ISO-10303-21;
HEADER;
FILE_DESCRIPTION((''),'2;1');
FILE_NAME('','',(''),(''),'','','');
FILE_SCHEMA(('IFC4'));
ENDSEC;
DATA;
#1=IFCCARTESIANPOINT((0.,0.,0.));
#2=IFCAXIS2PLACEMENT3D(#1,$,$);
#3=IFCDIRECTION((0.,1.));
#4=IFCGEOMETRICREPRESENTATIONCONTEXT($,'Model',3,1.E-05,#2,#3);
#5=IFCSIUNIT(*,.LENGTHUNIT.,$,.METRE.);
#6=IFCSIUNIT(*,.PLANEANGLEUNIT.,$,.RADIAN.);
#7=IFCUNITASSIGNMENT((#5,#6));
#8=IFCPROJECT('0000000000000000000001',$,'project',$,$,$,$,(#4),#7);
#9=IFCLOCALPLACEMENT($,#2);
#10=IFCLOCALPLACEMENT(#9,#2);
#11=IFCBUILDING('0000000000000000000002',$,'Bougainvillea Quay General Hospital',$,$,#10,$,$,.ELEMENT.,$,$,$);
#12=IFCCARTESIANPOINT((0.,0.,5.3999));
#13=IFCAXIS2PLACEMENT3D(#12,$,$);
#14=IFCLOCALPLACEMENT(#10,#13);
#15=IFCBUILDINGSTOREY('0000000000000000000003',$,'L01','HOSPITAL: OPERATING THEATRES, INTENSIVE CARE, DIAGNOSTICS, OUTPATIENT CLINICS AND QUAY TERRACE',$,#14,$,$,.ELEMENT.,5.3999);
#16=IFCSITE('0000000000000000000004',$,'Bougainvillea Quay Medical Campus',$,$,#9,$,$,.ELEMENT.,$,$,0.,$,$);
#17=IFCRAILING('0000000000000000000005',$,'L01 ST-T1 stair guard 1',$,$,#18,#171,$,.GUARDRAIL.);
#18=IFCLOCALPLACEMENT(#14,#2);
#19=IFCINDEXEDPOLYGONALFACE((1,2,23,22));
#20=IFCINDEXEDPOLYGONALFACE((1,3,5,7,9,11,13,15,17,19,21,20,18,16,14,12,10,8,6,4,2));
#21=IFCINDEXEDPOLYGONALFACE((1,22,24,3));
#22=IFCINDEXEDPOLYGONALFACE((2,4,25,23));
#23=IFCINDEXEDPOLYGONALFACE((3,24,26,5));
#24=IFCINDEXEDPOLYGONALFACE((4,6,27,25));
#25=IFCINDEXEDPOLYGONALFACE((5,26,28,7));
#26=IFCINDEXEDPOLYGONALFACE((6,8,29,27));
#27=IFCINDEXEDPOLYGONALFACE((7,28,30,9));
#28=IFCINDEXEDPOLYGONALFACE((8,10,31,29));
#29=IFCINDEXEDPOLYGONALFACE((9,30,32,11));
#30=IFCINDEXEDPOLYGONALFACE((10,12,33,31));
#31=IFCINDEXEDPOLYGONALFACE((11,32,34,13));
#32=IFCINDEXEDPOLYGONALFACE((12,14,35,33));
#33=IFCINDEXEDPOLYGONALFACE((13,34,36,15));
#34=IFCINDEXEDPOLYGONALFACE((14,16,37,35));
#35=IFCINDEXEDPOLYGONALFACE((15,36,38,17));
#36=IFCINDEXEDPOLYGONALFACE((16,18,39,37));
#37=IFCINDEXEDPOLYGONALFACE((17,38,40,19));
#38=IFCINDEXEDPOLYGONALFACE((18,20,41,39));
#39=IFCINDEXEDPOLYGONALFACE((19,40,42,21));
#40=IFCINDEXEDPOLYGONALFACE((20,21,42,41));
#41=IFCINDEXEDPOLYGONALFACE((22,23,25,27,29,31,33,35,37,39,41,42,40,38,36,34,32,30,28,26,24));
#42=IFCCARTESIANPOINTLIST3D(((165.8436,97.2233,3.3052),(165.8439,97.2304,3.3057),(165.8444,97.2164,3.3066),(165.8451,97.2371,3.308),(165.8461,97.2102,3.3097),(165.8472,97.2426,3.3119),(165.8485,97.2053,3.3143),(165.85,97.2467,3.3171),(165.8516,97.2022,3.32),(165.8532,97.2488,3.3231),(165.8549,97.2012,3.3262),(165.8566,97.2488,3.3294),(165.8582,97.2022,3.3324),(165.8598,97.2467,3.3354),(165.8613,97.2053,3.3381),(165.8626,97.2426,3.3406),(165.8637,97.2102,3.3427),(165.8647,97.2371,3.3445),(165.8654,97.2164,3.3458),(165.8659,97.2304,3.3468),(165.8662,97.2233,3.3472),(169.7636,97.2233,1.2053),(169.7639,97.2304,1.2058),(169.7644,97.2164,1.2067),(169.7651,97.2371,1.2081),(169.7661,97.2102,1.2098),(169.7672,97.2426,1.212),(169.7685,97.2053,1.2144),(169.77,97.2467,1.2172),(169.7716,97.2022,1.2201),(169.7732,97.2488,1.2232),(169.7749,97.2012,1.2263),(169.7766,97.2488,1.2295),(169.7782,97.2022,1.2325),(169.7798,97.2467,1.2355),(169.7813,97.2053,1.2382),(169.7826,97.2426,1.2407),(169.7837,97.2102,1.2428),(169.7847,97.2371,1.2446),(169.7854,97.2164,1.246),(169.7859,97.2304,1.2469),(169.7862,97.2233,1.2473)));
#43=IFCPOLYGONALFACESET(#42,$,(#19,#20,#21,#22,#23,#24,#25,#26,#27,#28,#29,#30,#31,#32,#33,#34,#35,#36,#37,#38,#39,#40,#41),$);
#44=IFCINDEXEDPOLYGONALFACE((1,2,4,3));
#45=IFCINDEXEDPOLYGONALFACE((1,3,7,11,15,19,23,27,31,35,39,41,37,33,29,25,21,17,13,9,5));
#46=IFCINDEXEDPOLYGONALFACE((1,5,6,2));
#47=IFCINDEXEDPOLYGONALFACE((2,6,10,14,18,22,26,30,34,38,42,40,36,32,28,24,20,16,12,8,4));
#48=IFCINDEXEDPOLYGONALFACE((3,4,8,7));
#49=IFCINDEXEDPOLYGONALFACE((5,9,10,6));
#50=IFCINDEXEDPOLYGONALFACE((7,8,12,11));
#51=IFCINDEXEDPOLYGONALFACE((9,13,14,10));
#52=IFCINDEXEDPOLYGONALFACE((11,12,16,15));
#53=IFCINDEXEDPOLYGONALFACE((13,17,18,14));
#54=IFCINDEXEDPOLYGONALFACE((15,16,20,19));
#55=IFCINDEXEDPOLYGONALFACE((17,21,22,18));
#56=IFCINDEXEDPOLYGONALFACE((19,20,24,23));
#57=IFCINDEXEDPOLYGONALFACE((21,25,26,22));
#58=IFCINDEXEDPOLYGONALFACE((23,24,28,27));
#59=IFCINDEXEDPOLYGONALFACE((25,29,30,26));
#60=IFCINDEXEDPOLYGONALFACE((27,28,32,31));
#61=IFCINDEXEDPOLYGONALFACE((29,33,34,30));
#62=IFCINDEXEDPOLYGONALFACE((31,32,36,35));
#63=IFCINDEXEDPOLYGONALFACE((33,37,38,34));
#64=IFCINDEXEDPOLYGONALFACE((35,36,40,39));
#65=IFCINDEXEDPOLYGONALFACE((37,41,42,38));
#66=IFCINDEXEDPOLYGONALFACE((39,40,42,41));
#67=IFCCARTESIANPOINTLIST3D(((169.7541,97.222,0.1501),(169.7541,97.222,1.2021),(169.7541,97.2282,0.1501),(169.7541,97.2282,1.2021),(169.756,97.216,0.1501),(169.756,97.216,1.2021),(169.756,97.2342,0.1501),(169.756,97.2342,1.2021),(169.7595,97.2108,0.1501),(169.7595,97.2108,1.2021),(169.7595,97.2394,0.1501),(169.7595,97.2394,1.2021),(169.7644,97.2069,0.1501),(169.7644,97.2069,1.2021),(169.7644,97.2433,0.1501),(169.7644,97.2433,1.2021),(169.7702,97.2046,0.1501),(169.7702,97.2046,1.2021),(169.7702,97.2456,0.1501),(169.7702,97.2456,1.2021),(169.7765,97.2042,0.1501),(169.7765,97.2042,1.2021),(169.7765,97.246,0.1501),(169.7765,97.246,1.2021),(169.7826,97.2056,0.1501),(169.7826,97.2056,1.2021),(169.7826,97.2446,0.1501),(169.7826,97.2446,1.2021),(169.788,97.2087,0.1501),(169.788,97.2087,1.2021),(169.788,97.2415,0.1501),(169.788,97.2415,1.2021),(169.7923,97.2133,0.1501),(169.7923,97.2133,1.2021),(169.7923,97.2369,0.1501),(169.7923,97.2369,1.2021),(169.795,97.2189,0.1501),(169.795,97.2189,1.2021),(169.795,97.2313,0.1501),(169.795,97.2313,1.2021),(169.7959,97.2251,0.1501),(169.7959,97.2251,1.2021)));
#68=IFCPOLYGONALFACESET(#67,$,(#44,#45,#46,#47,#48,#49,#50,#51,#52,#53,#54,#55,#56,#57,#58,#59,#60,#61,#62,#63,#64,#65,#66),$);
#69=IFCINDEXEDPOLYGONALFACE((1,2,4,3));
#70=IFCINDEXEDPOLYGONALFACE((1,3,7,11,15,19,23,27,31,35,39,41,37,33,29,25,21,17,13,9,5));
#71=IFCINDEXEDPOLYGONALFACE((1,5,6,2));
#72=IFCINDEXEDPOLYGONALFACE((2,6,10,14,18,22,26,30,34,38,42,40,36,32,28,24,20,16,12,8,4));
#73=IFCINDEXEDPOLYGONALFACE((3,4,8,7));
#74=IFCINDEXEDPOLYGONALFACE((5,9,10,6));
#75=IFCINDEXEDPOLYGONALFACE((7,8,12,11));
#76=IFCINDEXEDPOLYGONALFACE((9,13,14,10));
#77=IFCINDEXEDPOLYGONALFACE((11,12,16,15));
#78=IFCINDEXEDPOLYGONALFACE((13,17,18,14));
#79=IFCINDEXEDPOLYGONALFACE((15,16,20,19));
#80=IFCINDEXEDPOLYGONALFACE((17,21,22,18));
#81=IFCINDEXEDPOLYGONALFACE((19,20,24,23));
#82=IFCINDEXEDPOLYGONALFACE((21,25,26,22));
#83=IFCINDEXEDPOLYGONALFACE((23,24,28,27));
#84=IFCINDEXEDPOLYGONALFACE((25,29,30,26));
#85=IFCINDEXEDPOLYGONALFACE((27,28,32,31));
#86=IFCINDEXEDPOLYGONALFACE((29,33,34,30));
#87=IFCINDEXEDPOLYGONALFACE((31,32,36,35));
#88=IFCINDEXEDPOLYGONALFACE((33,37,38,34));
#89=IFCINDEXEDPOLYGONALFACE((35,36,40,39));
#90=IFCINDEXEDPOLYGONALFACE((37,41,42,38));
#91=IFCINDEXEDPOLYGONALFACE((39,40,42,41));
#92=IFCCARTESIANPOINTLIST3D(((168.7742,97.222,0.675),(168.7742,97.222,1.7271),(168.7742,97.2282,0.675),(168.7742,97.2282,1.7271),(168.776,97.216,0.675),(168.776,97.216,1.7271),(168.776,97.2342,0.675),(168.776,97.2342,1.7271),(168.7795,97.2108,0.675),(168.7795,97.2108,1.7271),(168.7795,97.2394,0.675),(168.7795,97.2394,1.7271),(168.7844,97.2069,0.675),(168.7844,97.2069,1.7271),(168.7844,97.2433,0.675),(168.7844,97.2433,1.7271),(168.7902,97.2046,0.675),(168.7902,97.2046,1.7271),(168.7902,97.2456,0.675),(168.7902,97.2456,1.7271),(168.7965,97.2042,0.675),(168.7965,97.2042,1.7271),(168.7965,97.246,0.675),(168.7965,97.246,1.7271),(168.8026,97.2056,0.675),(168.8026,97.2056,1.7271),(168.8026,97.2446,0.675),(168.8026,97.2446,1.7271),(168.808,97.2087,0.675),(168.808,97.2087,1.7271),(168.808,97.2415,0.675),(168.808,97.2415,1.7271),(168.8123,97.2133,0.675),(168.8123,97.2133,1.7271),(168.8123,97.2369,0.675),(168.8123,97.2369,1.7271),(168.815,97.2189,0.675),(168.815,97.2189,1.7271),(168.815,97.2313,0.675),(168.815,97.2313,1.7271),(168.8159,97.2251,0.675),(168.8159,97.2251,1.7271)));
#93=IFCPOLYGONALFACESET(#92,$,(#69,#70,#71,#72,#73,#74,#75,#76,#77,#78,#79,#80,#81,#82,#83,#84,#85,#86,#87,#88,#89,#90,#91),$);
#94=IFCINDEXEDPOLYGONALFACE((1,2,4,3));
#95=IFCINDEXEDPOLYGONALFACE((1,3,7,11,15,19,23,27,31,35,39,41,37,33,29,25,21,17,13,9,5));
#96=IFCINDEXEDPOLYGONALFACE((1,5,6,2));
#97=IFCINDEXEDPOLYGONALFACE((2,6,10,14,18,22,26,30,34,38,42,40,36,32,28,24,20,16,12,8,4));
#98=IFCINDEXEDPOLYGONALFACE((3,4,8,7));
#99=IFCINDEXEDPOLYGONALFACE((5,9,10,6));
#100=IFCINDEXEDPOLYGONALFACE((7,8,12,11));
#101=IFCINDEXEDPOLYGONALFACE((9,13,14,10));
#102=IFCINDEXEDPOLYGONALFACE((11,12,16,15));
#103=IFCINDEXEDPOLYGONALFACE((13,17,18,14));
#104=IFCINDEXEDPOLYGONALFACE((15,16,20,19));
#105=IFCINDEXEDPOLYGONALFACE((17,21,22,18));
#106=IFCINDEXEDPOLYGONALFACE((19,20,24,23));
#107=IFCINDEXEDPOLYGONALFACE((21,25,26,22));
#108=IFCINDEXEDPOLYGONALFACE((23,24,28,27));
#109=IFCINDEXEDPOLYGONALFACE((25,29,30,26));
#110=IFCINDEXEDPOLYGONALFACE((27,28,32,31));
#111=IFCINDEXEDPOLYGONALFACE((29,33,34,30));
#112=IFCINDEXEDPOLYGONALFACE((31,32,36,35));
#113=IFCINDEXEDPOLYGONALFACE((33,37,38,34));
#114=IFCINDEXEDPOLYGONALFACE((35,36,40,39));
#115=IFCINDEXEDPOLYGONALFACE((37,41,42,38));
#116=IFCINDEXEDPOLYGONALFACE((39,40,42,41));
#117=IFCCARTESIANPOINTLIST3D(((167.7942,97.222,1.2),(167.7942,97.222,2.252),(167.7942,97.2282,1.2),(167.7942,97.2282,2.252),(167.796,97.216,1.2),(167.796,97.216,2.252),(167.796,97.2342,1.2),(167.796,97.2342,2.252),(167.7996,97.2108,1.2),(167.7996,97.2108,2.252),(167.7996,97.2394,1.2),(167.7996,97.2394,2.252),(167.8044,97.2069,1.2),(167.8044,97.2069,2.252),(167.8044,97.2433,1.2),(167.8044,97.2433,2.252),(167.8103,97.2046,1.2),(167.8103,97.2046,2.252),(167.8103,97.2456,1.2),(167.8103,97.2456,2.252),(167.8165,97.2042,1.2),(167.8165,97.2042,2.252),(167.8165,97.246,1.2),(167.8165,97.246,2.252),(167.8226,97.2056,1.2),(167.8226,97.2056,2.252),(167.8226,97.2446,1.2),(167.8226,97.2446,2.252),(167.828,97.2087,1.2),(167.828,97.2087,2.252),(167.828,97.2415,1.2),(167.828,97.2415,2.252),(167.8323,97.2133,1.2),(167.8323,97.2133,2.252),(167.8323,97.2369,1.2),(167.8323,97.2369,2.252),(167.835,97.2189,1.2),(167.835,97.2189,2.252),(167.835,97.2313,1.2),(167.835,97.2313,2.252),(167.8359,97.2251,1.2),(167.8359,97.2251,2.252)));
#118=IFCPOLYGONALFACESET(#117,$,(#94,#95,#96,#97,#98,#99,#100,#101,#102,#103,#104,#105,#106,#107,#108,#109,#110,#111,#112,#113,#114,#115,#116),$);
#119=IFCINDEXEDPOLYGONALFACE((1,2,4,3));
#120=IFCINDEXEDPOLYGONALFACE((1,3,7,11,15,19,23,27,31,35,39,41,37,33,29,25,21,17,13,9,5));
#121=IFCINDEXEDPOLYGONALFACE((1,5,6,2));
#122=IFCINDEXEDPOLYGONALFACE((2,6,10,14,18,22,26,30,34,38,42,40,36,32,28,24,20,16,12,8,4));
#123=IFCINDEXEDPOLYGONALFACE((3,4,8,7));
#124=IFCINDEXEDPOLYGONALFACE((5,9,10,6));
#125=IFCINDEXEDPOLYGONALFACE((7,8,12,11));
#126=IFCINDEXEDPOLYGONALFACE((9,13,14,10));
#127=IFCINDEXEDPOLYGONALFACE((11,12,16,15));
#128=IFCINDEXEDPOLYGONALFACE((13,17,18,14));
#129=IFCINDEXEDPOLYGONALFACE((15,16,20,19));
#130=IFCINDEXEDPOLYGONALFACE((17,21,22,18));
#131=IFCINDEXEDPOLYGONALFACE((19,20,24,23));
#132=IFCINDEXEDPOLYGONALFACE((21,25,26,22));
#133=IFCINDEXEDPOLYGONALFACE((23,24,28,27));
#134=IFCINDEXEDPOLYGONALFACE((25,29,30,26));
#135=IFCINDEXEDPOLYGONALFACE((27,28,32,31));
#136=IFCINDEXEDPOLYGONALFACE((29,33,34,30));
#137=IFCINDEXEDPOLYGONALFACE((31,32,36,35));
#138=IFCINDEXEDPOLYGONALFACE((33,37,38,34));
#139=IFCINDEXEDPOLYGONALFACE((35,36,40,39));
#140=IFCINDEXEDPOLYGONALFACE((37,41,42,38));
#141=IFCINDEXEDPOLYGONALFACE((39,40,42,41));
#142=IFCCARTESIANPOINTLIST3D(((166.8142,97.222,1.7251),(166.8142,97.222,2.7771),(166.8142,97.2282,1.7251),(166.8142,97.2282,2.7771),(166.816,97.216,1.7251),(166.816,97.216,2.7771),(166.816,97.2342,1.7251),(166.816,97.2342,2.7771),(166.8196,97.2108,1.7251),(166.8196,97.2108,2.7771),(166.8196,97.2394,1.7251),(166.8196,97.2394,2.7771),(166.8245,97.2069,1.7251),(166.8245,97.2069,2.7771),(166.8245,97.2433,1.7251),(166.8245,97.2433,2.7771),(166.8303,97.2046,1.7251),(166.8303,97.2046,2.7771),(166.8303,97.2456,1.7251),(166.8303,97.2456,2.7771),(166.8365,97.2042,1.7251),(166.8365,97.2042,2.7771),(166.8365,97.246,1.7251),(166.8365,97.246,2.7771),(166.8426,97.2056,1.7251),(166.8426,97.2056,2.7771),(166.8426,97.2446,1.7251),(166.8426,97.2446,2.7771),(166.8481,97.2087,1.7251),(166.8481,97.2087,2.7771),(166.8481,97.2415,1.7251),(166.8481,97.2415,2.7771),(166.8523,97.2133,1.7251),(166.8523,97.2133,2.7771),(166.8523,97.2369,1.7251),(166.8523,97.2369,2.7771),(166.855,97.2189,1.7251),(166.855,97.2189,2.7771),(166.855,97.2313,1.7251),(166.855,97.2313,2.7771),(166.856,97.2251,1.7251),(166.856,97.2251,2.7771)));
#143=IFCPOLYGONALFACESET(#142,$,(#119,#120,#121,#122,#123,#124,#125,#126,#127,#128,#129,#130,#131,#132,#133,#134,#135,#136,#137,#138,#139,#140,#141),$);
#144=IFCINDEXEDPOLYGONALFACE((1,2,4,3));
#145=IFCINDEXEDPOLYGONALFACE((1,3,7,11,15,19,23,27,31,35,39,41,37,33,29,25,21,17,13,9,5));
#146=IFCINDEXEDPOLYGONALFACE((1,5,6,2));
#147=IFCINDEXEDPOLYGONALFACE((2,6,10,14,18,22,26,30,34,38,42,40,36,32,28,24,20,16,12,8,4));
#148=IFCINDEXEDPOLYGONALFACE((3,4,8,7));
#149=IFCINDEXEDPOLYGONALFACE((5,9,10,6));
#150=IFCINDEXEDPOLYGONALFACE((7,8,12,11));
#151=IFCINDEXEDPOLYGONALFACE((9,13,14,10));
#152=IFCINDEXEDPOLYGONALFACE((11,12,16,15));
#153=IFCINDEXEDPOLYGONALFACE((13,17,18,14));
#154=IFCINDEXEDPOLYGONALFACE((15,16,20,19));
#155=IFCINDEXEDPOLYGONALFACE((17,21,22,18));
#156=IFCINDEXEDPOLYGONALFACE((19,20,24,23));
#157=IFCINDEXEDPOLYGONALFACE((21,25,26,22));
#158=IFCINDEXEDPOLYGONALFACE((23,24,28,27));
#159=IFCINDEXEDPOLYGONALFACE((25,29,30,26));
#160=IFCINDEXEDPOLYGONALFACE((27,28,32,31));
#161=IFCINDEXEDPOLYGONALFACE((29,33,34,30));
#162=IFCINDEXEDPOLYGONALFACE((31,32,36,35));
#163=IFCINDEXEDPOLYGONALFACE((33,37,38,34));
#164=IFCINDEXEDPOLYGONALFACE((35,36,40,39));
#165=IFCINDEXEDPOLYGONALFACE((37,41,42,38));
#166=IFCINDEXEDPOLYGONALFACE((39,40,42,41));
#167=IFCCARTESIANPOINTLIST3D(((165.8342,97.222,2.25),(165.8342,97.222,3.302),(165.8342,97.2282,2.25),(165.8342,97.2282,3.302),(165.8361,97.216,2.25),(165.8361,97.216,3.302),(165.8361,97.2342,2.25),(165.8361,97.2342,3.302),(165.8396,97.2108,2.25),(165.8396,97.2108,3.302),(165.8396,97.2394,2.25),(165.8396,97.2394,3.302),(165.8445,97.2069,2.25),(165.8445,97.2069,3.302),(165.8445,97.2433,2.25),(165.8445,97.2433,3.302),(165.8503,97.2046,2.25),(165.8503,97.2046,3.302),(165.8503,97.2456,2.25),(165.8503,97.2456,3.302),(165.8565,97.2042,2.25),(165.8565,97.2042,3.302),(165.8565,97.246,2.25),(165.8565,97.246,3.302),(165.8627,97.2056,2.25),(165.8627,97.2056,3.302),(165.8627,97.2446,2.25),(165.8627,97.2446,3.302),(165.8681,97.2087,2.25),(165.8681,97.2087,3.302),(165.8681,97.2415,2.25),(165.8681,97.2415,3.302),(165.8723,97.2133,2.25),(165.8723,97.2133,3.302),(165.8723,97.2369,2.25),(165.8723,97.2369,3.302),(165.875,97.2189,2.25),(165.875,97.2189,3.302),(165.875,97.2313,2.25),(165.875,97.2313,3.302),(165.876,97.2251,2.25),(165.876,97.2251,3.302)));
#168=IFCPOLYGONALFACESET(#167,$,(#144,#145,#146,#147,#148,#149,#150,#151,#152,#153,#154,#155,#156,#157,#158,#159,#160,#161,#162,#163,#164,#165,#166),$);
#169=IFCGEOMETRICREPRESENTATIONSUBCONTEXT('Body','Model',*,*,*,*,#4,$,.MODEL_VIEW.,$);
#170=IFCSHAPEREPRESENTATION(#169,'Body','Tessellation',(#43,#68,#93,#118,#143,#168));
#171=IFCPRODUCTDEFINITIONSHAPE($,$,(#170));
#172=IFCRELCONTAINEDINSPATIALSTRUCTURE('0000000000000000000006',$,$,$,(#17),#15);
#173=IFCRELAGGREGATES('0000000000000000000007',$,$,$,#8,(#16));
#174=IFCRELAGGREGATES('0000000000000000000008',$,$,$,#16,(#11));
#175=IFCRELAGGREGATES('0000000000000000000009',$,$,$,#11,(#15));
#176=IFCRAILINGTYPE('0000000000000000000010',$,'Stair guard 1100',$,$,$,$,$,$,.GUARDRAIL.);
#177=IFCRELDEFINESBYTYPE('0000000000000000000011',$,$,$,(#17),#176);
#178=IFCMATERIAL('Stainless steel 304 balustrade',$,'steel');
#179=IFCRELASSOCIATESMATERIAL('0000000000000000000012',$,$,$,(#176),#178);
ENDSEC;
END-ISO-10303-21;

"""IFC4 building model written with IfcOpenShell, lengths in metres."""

from ifc_helpers import new_model, si_unit, direction, frame, origin, origin_2d, place, context, subcontext, project, spatial, circle, extrude, material, type_object, element, save


model = new_model("IFC4")

# Units and contexts
model_context = context("Model", 3, precision=1e-05, world=origin(), true_north=direction((0.0, 1.0)))
body_context = subcontext(model_context, "Body", "Model", "MODEL_VIEW")
ifc_project = project(units=[si_unit("LENGTHUNIT", "METRE"), si_unit("PLANEANGLEUNIT", "RADIAN")], contexts=[model_context])

# Site, building, storey
site_placement = place(None, origin())
site = spatial("IfcSite", under=ifc_project, at=site_placement, Name="Bougainvillea Quay Medical Campus", CompositionType="ELEMENT", RefElevation=0.0)
building_placement = place(site_placement, origin())
building = spatial("IfcBuilding", under=site, at=building_placement, Name="Bougainvillea Quay General Hospital", CompositionType="ELEMENT")
storey_placement = place(building_placement, frame((0.0, 0.0, 5.3999)))
storey = spatial("IfcBuildingStorey", under=building, at=storey_placement, Name="L01", Description="HOSPITAL: OPERATING THEATRES, INTENSIVE CARE, DIAGNOSTICS, OUTPATIENT CLINICS AND QUAY TERRACE", CompositionType="ELEMENT", Elevation=5.3999)

# Railing
ifc_material_1 = material(Name="Stainless steel 304 balustrade", Category="steel")
railing_type_1 = type_object("IfcRailingType", Name="Stair guard 1100", PredefinedType="GUARDRAIL", material=ifc_material_1)
railing_1_placement = place(storey_placement, frame((169.7749, 97.2251, 0.1501)))
element("IfcRailing", 1, at=railing_1_placement, inside=storey, type_object=railing_type_1, Name="L01 ST-T1 stair guard 1", PredefinedType="GUARDRAIL", context=body_context, shape_type="SweptSolid", body=[
    extrude(circle(Radius=0.0239, at=origin_2d()), frame((0.0, 0.0, 1.0762), z_axis=(-0.88149, 0.0, 0.472203), x_axis=(0.0, -1.0, 0.0)), (0.0, 0.0, 1.0), 4.447),
    extrude(circle(Radius=0.021, at=origin_2d()), origin(), (0.0, 0.0, 1.0), 1.052),
    extrude(circle(Radius=0.021, at=origin_2d()), frame((-0.98, 0.0, 0.5249)), (0.0, 0.0, 1.0), 1.052),
    extrude(circle(Radius=0.021, at=origin_2d()), frame((-1.96, 0.0, 1.0498)), (0.0, 0.0, 1.0), 1.052),
    extrude(circle(Radius=0.021, at=origin_2d()), frame((-2.9399, 0.0, 1.575)), (0.0, 0.0, 1.0), 1.052),
    extrude(circle(Radius=0.021, at=origin_2d()), frame((-3.9199, 0.0, 2.0999)), (0.0, 0.0, 1.0), 1.052),
])

save(model, "model.ifc")
